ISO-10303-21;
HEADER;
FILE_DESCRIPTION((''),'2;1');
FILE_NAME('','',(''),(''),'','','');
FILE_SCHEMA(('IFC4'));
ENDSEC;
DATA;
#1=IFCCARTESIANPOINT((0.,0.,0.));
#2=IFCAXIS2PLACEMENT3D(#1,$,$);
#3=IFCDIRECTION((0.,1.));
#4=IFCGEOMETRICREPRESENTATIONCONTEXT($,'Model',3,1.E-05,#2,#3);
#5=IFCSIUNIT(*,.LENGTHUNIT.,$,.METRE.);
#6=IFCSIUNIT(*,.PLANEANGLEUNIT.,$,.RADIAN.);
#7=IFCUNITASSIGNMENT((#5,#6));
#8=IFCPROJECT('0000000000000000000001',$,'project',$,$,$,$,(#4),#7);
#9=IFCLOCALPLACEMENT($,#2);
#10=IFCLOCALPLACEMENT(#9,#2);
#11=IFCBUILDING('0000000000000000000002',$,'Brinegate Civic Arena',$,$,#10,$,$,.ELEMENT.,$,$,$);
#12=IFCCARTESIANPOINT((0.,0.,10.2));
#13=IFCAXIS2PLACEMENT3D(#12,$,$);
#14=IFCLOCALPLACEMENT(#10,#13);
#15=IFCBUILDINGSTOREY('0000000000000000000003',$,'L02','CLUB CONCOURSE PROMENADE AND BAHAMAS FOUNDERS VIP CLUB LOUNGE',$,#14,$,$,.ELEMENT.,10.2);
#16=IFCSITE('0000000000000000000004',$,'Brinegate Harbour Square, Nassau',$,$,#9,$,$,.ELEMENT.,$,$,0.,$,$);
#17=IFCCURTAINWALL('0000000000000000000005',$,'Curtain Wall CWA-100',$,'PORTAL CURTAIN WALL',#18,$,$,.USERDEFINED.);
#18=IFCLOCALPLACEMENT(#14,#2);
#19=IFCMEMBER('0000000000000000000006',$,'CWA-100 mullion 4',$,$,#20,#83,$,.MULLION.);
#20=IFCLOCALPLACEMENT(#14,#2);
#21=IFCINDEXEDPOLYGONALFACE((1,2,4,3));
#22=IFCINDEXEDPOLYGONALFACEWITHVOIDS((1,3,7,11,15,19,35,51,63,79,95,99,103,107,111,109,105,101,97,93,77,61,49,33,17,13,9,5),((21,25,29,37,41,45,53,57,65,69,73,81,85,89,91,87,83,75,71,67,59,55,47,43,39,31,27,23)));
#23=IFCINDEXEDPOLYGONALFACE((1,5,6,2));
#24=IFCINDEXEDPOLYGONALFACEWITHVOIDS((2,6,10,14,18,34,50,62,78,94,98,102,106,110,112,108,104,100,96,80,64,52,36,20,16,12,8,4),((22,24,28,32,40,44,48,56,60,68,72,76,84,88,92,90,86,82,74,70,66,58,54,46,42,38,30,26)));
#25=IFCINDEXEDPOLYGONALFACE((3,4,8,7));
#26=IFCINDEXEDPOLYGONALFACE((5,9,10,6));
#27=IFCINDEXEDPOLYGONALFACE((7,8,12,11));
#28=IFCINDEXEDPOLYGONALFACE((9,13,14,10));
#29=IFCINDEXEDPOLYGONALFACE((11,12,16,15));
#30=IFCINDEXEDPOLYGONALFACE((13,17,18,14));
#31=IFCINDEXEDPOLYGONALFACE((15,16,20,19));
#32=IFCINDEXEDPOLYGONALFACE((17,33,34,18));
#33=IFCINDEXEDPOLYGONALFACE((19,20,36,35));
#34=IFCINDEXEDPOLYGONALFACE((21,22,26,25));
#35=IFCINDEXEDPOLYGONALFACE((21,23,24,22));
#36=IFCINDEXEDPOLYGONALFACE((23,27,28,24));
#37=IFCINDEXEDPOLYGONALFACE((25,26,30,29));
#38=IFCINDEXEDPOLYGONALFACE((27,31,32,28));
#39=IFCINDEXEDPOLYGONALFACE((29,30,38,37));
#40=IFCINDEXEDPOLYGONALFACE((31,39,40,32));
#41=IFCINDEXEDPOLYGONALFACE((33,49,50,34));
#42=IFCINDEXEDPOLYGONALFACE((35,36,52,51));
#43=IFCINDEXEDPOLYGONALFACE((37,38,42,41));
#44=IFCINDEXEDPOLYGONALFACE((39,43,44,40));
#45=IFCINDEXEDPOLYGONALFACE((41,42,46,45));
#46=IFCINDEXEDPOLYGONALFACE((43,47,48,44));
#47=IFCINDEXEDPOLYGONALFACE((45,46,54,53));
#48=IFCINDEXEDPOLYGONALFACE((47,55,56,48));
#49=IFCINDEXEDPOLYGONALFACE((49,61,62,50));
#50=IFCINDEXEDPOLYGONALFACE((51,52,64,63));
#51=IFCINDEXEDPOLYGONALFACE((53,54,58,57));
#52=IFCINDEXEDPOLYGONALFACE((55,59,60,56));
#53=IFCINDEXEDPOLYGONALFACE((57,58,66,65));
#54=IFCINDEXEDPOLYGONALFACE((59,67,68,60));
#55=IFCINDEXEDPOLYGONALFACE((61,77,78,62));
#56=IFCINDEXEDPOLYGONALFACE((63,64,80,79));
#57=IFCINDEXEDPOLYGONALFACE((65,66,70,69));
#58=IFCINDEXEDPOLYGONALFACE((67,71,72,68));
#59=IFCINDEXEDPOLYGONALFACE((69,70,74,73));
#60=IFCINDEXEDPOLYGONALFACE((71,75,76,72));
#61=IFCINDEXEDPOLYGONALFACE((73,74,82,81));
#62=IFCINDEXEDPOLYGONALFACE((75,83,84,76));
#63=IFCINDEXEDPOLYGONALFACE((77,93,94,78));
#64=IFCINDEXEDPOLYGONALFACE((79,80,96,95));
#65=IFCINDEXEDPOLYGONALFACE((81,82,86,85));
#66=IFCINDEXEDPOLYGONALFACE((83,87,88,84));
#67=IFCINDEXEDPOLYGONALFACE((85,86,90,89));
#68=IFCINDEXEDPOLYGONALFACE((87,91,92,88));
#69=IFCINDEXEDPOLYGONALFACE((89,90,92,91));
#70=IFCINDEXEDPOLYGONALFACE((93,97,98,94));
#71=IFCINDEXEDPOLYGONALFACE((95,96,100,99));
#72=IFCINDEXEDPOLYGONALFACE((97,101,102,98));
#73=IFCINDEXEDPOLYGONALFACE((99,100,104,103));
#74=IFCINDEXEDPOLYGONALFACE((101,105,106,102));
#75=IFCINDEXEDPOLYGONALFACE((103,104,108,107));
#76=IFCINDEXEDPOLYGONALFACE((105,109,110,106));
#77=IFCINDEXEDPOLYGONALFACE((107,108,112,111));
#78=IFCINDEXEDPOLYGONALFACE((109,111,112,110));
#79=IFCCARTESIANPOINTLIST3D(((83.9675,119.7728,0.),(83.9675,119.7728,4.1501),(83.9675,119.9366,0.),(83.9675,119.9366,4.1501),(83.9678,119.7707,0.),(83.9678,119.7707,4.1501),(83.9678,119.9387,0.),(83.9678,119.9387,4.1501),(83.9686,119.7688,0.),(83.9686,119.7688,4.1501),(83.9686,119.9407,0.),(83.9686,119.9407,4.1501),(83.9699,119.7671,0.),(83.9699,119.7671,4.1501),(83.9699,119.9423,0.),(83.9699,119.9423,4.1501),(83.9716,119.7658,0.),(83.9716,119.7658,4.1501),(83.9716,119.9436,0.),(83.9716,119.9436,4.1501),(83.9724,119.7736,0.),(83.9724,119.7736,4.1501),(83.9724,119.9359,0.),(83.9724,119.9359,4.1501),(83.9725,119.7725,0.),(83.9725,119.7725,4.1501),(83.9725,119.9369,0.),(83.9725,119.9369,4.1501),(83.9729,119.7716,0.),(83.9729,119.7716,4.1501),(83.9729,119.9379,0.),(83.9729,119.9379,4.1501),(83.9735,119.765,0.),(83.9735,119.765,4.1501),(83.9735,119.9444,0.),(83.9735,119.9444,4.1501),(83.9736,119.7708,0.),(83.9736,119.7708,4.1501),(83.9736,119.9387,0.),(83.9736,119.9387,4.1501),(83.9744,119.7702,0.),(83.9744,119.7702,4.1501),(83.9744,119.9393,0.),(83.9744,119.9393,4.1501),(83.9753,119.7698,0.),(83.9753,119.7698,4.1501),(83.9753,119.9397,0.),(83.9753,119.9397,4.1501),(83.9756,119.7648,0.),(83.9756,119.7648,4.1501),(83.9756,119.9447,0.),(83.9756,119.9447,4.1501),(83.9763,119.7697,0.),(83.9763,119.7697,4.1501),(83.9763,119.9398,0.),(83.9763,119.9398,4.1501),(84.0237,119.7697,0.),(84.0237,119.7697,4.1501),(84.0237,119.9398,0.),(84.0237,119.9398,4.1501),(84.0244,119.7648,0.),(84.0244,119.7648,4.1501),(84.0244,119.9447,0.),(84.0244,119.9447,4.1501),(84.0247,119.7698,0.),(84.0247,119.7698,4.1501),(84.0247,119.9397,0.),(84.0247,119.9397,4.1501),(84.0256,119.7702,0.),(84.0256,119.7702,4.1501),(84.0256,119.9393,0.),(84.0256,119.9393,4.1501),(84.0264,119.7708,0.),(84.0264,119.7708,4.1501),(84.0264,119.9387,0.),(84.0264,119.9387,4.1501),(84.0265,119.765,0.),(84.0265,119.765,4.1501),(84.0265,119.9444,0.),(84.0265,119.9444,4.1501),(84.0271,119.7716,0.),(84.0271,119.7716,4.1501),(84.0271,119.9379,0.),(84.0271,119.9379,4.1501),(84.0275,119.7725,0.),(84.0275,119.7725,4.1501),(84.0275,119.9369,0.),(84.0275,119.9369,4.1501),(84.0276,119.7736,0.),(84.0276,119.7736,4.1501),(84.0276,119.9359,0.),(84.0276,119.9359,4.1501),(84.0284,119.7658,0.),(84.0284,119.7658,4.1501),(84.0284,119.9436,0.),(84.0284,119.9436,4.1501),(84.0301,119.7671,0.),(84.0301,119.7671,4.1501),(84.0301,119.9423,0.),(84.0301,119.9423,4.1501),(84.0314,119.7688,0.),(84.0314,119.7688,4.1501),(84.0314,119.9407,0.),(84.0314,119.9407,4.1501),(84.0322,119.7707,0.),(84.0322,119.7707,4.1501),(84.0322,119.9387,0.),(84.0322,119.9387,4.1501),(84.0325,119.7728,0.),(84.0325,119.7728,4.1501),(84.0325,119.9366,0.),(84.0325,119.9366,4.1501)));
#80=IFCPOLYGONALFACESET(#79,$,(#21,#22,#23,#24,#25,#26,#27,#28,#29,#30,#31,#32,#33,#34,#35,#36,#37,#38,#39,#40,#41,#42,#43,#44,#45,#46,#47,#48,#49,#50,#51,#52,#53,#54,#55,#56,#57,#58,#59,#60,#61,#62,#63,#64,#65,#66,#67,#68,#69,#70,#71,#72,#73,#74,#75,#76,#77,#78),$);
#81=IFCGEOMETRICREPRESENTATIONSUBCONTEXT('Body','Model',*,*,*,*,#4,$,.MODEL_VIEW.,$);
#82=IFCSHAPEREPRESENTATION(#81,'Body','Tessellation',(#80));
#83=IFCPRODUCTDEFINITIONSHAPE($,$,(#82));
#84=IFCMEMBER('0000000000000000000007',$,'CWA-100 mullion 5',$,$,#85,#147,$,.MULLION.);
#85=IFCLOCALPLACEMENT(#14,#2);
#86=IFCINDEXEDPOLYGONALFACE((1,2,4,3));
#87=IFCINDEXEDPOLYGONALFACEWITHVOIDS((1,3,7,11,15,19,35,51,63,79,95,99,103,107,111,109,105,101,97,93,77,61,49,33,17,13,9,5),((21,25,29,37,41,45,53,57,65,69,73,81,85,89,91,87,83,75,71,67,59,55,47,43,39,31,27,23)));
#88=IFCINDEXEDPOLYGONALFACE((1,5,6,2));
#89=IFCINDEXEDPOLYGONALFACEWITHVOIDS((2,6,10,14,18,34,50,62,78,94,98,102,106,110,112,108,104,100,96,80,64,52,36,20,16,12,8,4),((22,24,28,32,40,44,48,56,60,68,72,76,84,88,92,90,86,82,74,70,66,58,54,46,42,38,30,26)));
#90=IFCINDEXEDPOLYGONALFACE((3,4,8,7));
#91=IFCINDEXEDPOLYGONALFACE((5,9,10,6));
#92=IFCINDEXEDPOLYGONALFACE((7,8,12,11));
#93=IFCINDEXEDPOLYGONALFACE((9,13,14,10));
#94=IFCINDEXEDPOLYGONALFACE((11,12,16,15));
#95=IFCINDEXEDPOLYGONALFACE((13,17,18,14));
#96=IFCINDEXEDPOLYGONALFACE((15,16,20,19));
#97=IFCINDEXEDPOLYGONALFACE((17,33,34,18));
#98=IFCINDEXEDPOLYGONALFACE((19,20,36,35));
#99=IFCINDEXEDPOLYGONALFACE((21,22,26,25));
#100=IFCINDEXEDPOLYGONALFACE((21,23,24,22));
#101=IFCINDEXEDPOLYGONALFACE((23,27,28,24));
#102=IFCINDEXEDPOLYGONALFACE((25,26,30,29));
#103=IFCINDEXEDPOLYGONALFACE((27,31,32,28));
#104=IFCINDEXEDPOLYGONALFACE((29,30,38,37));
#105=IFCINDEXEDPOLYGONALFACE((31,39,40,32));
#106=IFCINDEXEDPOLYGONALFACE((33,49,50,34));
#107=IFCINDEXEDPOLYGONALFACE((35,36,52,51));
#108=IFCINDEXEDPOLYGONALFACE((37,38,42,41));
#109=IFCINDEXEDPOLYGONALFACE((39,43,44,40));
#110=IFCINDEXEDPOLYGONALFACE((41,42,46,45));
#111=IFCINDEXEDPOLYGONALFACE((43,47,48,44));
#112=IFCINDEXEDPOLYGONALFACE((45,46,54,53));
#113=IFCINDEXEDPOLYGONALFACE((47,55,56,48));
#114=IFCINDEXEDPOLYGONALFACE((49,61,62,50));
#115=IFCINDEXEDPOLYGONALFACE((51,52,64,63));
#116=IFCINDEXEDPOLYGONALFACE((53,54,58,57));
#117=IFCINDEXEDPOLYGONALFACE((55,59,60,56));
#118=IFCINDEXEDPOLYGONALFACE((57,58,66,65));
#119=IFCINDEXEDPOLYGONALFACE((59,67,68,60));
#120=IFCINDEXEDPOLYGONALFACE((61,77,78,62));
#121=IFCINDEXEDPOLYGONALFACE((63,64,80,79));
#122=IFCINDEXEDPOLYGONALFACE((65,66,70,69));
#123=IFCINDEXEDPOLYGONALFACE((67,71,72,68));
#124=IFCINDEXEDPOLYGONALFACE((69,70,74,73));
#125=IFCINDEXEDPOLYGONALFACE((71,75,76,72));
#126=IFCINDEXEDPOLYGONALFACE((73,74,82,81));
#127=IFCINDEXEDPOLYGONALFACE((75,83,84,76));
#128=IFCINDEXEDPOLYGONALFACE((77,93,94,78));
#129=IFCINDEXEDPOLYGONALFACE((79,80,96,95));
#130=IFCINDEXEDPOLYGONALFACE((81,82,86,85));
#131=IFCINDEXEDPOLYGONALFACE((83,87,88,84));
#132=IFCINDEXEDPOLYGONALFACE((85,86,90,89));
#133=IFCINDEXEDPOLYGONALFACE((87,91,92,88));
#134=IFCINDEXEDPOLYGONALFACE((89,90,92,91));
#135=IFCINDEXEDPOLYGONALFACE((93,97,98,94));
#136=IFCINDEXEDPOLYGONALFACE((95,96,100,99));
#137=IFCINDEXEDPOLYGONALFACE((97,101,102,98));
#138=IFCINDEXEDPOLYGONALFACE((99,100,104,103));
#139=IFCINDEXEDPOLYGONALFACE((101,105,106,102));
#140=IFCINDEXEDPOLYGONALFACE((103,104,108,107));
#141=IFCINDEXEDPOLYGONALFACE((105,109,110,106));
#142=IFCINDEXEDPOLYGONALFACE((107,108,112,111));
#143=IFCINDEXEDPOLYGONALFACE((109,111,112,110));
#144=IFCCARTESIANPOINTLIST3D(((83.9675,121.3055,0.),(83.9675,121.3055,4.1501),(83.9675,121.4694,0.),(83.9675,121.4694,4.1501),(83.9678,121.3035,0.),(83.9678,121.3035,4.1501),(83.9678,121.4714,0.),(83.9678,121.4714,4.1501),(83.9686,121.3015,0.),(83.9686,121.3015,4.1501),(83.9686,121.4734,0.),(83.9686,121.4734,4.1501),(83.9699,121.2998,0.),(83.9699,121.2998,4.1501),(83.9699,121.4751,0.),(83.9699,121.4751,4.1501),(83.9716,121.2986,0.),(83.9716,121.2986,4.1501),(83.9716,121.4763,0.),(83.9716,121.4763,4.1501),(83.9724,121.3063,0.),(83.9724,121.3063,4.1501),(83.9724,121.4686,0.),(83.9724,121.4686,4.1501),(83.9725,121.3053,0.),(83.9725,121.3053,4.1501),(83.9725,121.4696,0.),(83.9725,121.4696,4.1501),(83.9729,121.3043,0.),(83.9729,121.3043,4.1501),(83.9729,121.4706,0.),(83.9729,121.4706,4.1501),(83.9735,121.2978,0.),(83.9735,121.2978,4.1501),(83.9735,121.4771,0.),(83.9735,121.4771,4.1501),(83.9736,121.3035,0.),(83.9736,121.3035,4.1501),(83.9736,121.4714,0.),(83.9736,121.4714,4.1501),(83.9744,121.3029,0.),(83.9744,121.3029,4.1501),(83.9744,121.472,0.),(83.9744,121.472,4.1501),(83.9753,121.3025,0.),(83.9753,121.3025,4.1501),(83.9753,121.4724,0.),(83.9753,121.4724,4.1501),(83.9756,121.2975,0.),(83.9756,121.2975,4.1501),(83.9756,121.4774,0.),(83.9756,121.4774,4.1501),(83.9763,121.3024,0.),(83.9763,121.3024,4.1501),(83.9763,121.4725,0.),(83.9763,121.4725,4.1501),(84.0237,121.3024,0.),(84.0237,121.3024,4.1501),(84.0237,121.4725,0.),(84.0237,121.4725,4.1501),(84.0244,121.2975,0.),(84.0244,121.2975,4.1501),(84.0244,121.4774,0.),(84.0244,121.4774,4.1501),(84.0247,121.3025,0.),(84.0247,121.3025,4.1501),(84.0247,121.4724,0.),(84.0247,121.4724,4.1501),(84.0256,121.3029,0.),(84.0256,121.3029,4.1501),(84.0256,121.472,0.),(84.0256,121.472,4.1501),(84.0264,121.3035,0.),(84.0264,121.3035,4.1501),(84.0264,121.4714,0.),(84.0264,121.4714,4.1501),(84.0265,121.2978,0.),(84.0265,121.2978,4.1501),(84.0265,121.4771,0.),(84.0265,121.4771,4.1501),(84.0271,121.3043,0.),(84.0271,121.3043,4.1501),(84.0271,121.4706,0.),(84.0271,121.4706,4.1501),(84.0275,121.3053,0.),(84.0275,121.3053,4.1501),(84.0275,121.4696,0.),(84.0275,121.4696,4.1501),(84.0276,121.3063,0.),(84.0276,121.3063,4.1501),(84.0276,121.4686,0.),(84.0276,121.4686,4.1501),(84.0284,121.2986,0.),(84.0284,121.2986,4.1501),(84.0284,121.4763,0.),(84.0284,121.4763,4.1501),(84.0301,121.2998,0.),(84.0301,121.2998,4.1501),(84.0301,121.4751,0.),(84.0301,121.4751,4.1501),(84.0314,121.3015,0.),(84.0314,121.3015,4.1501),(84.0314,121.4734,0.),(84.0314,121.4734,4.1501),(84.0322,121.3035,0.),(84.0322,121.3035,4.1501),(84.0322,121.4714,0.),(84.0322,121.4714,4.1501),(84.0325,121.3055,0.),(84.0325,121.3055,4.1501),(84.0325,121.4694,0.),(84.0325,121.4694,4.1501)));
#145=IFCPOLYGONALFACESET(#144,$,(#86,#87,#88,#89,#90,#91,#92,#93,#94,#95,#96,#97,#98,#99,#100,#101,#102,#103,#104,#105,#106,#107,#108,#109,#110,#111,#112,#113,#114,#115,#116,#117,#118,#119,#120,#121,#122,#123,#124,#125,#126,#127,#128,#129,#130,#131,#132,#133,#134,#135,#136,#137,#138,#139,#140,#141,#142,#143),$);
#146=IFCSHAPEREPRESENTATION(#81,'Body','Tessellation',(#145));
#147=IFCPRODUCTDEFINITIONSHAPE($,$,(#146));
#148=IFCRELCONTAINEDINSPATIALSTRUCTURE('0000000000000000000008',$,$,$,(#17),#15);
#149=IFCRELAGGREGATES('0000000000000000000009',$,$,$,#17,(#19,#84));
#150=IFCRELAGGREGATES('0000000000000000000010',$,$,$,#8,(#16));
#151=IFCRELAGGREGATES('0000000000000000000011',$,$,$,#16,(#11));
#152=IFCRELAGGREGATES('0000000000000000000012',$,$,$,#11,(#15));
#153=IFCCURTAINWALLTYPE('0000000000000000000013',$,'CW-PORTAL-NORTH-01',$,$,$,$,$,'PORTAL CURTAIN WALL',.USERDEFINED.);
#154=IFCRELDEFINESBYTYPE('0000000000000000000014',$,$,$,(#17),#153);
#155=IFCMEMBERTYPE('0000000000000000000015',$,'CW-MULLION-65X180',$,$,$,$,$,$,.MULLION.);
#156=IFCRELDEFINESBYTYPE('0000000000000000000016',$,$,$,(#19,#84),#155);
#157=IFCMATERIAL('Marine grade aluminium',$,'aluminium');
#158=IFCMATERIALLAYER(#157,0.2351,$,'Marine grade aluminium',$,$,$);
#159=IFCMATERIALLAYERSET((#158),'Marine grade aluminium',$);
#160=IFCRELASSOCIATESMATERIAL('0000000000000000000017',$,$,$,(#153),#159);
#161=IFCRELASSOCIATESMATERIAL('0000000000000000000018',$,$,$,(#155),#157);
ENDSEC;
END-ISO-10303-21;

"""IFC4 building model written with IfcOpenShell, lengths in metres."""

from ifc_helpers import new_model, si_unit, direction, frame, origin, origin_2d, place, context, subcontext, project, spatial, hollow_rectangle, extrude, material, layer, layer_set, material_profile, profile_set, type_object, element, aggregate, save


model = new_model("IFC4")

# Units and contexts
model_context = context("Model", 3, precision=1e-05, world=origin(), true_north=direction((0.0, 1.0)))
body_context = subcontext(model_context, "Body", "Model", "MODEL_VIEW")
ifc_project = project(units=[si_unit("LENGTHUNIT", "METRE"), si_unit("PLANEANGLEUNIT", "RADIAN")], contexts=[model_context])

# Site, building, storey
site_placement = place(None, origin())
site = spatial("IfcSite", under=ifc_project, at=site_placement, Name="Brinegate Harbour Square, Nassau", CompositionType="ELEMENT", RefElevation=0.0)
building_placement = place(site_placement, origin())
building = spatial("IfcBuilding", under=site, at=building_placement, Name="Brinegate Civic Arena", CompositionType="ELEMENT")
storey_placement = place(building_placement, frame((0.0, 0.0, 10.2)))
storey = spatial("IfcBuildingStorey", under=building, at=storey_placement, Name="L02", Description="CLUB CONCOURSE PROMENADE AND BAHAMAS FOUNDERS VIP CLUB LOUNGE", CompositionType="ELEMENT", Elevation=10.2)

# Curtain wall, members
ifc_material_1 = material(Name="Marine grade aluminium", Category="aluminium")
ifc_layer_1 = layer(ifc_material_1, 0.2351, Name="Marine grade aluminium")
ifc_layer_set_1 = layer_set([ifc_layer_1], Name="Marine grade aluminium")
curtain_wall_type = type_object("IfcCurtainWallType", Name="CW-PORTAL-NORTH-01", ElementType="PORTAL CURTAIN WALL", PredefinedType="USERDEFINED", material=ifc_layer_set_1)
curtain_wall_placement = place(storey_placement, origin())
curtain_wall = element("IfcCurtainWall", 1, at=curtain_wall_placement, inside=storey, type_object=curtain_wall_type, Name="Curtain Wall CWA-100", ObjectType="PORTAL CURTAIN WALL", PredefinedType="USERDEFINED")
ifc_material_profile_1 = material_profile(ifc_material_1, hollow_rectangle(XDim=0.0649, YDim=0.1799, WallThickness=0.0049, InnerFilletRadius=0.0039, OuterFilletRadius=0.0081, at=origin_2d()), Name="MUL65X180")
ifc_profile_set_1 = profile_set([ifc_material_profile_1], Name="Marine grade aluminium")
member_type_1 = type_object("IfcMemberType", Name="CW-MULLION-65X180", PredefinedType="MULLION", material=ifc_profile_set_1)
member_1_placement = place(storey_placement, frame((84.0, 119.8547, 0.0), z_axis=(0.0, 0.0, 1.0), x_axis=(-1.0, 0.0, 0.0)))
member_1 = element("IfcMember", 2, at=member_1_placement, type_object=member_type_1, Name="CWA-100 mullion 4", PredefinedType="MULLION", context=body_context, shape_type="SweptSolid", body=[
    extrude(hollow_rectangle(XDim=0.0649, YDim=0.1799, WallThickness=0.0049, InnerFilletRadius=0.0039, OuterFilletRadius=0.0081, at=origin_2d()), origin(), (0.0, 0.0, 1.0), 4.1501),
])
member_2_placement = place(storey_placement, frame((84.0, 121.3875, 0.0), z_axis=(0.0, 0.0, 1.0), x_axis=(-1.0, 0.0, 0.0)))
member_2 = element("IfcMember", 3, at=member_2_placement, type_object=member_type_1, Name="CWA-100 mullion 5", PredefinedType="MULLION", context=body_context, shape_type="SweptSolid", body=[
    extrude(hollow_rectangle(XDim=0.0649, YDim=0.1799, WallThickness=0.0049, InnerFilletRadius=0.0039, OuterFilletRadius=0.0081, at=origin_2d()), origin(), (0.0, 0.0, 1.0), 4.1501),
])
aggregate(curtain_wall, [member_1, member_2])

save(model, "model.ifc")
